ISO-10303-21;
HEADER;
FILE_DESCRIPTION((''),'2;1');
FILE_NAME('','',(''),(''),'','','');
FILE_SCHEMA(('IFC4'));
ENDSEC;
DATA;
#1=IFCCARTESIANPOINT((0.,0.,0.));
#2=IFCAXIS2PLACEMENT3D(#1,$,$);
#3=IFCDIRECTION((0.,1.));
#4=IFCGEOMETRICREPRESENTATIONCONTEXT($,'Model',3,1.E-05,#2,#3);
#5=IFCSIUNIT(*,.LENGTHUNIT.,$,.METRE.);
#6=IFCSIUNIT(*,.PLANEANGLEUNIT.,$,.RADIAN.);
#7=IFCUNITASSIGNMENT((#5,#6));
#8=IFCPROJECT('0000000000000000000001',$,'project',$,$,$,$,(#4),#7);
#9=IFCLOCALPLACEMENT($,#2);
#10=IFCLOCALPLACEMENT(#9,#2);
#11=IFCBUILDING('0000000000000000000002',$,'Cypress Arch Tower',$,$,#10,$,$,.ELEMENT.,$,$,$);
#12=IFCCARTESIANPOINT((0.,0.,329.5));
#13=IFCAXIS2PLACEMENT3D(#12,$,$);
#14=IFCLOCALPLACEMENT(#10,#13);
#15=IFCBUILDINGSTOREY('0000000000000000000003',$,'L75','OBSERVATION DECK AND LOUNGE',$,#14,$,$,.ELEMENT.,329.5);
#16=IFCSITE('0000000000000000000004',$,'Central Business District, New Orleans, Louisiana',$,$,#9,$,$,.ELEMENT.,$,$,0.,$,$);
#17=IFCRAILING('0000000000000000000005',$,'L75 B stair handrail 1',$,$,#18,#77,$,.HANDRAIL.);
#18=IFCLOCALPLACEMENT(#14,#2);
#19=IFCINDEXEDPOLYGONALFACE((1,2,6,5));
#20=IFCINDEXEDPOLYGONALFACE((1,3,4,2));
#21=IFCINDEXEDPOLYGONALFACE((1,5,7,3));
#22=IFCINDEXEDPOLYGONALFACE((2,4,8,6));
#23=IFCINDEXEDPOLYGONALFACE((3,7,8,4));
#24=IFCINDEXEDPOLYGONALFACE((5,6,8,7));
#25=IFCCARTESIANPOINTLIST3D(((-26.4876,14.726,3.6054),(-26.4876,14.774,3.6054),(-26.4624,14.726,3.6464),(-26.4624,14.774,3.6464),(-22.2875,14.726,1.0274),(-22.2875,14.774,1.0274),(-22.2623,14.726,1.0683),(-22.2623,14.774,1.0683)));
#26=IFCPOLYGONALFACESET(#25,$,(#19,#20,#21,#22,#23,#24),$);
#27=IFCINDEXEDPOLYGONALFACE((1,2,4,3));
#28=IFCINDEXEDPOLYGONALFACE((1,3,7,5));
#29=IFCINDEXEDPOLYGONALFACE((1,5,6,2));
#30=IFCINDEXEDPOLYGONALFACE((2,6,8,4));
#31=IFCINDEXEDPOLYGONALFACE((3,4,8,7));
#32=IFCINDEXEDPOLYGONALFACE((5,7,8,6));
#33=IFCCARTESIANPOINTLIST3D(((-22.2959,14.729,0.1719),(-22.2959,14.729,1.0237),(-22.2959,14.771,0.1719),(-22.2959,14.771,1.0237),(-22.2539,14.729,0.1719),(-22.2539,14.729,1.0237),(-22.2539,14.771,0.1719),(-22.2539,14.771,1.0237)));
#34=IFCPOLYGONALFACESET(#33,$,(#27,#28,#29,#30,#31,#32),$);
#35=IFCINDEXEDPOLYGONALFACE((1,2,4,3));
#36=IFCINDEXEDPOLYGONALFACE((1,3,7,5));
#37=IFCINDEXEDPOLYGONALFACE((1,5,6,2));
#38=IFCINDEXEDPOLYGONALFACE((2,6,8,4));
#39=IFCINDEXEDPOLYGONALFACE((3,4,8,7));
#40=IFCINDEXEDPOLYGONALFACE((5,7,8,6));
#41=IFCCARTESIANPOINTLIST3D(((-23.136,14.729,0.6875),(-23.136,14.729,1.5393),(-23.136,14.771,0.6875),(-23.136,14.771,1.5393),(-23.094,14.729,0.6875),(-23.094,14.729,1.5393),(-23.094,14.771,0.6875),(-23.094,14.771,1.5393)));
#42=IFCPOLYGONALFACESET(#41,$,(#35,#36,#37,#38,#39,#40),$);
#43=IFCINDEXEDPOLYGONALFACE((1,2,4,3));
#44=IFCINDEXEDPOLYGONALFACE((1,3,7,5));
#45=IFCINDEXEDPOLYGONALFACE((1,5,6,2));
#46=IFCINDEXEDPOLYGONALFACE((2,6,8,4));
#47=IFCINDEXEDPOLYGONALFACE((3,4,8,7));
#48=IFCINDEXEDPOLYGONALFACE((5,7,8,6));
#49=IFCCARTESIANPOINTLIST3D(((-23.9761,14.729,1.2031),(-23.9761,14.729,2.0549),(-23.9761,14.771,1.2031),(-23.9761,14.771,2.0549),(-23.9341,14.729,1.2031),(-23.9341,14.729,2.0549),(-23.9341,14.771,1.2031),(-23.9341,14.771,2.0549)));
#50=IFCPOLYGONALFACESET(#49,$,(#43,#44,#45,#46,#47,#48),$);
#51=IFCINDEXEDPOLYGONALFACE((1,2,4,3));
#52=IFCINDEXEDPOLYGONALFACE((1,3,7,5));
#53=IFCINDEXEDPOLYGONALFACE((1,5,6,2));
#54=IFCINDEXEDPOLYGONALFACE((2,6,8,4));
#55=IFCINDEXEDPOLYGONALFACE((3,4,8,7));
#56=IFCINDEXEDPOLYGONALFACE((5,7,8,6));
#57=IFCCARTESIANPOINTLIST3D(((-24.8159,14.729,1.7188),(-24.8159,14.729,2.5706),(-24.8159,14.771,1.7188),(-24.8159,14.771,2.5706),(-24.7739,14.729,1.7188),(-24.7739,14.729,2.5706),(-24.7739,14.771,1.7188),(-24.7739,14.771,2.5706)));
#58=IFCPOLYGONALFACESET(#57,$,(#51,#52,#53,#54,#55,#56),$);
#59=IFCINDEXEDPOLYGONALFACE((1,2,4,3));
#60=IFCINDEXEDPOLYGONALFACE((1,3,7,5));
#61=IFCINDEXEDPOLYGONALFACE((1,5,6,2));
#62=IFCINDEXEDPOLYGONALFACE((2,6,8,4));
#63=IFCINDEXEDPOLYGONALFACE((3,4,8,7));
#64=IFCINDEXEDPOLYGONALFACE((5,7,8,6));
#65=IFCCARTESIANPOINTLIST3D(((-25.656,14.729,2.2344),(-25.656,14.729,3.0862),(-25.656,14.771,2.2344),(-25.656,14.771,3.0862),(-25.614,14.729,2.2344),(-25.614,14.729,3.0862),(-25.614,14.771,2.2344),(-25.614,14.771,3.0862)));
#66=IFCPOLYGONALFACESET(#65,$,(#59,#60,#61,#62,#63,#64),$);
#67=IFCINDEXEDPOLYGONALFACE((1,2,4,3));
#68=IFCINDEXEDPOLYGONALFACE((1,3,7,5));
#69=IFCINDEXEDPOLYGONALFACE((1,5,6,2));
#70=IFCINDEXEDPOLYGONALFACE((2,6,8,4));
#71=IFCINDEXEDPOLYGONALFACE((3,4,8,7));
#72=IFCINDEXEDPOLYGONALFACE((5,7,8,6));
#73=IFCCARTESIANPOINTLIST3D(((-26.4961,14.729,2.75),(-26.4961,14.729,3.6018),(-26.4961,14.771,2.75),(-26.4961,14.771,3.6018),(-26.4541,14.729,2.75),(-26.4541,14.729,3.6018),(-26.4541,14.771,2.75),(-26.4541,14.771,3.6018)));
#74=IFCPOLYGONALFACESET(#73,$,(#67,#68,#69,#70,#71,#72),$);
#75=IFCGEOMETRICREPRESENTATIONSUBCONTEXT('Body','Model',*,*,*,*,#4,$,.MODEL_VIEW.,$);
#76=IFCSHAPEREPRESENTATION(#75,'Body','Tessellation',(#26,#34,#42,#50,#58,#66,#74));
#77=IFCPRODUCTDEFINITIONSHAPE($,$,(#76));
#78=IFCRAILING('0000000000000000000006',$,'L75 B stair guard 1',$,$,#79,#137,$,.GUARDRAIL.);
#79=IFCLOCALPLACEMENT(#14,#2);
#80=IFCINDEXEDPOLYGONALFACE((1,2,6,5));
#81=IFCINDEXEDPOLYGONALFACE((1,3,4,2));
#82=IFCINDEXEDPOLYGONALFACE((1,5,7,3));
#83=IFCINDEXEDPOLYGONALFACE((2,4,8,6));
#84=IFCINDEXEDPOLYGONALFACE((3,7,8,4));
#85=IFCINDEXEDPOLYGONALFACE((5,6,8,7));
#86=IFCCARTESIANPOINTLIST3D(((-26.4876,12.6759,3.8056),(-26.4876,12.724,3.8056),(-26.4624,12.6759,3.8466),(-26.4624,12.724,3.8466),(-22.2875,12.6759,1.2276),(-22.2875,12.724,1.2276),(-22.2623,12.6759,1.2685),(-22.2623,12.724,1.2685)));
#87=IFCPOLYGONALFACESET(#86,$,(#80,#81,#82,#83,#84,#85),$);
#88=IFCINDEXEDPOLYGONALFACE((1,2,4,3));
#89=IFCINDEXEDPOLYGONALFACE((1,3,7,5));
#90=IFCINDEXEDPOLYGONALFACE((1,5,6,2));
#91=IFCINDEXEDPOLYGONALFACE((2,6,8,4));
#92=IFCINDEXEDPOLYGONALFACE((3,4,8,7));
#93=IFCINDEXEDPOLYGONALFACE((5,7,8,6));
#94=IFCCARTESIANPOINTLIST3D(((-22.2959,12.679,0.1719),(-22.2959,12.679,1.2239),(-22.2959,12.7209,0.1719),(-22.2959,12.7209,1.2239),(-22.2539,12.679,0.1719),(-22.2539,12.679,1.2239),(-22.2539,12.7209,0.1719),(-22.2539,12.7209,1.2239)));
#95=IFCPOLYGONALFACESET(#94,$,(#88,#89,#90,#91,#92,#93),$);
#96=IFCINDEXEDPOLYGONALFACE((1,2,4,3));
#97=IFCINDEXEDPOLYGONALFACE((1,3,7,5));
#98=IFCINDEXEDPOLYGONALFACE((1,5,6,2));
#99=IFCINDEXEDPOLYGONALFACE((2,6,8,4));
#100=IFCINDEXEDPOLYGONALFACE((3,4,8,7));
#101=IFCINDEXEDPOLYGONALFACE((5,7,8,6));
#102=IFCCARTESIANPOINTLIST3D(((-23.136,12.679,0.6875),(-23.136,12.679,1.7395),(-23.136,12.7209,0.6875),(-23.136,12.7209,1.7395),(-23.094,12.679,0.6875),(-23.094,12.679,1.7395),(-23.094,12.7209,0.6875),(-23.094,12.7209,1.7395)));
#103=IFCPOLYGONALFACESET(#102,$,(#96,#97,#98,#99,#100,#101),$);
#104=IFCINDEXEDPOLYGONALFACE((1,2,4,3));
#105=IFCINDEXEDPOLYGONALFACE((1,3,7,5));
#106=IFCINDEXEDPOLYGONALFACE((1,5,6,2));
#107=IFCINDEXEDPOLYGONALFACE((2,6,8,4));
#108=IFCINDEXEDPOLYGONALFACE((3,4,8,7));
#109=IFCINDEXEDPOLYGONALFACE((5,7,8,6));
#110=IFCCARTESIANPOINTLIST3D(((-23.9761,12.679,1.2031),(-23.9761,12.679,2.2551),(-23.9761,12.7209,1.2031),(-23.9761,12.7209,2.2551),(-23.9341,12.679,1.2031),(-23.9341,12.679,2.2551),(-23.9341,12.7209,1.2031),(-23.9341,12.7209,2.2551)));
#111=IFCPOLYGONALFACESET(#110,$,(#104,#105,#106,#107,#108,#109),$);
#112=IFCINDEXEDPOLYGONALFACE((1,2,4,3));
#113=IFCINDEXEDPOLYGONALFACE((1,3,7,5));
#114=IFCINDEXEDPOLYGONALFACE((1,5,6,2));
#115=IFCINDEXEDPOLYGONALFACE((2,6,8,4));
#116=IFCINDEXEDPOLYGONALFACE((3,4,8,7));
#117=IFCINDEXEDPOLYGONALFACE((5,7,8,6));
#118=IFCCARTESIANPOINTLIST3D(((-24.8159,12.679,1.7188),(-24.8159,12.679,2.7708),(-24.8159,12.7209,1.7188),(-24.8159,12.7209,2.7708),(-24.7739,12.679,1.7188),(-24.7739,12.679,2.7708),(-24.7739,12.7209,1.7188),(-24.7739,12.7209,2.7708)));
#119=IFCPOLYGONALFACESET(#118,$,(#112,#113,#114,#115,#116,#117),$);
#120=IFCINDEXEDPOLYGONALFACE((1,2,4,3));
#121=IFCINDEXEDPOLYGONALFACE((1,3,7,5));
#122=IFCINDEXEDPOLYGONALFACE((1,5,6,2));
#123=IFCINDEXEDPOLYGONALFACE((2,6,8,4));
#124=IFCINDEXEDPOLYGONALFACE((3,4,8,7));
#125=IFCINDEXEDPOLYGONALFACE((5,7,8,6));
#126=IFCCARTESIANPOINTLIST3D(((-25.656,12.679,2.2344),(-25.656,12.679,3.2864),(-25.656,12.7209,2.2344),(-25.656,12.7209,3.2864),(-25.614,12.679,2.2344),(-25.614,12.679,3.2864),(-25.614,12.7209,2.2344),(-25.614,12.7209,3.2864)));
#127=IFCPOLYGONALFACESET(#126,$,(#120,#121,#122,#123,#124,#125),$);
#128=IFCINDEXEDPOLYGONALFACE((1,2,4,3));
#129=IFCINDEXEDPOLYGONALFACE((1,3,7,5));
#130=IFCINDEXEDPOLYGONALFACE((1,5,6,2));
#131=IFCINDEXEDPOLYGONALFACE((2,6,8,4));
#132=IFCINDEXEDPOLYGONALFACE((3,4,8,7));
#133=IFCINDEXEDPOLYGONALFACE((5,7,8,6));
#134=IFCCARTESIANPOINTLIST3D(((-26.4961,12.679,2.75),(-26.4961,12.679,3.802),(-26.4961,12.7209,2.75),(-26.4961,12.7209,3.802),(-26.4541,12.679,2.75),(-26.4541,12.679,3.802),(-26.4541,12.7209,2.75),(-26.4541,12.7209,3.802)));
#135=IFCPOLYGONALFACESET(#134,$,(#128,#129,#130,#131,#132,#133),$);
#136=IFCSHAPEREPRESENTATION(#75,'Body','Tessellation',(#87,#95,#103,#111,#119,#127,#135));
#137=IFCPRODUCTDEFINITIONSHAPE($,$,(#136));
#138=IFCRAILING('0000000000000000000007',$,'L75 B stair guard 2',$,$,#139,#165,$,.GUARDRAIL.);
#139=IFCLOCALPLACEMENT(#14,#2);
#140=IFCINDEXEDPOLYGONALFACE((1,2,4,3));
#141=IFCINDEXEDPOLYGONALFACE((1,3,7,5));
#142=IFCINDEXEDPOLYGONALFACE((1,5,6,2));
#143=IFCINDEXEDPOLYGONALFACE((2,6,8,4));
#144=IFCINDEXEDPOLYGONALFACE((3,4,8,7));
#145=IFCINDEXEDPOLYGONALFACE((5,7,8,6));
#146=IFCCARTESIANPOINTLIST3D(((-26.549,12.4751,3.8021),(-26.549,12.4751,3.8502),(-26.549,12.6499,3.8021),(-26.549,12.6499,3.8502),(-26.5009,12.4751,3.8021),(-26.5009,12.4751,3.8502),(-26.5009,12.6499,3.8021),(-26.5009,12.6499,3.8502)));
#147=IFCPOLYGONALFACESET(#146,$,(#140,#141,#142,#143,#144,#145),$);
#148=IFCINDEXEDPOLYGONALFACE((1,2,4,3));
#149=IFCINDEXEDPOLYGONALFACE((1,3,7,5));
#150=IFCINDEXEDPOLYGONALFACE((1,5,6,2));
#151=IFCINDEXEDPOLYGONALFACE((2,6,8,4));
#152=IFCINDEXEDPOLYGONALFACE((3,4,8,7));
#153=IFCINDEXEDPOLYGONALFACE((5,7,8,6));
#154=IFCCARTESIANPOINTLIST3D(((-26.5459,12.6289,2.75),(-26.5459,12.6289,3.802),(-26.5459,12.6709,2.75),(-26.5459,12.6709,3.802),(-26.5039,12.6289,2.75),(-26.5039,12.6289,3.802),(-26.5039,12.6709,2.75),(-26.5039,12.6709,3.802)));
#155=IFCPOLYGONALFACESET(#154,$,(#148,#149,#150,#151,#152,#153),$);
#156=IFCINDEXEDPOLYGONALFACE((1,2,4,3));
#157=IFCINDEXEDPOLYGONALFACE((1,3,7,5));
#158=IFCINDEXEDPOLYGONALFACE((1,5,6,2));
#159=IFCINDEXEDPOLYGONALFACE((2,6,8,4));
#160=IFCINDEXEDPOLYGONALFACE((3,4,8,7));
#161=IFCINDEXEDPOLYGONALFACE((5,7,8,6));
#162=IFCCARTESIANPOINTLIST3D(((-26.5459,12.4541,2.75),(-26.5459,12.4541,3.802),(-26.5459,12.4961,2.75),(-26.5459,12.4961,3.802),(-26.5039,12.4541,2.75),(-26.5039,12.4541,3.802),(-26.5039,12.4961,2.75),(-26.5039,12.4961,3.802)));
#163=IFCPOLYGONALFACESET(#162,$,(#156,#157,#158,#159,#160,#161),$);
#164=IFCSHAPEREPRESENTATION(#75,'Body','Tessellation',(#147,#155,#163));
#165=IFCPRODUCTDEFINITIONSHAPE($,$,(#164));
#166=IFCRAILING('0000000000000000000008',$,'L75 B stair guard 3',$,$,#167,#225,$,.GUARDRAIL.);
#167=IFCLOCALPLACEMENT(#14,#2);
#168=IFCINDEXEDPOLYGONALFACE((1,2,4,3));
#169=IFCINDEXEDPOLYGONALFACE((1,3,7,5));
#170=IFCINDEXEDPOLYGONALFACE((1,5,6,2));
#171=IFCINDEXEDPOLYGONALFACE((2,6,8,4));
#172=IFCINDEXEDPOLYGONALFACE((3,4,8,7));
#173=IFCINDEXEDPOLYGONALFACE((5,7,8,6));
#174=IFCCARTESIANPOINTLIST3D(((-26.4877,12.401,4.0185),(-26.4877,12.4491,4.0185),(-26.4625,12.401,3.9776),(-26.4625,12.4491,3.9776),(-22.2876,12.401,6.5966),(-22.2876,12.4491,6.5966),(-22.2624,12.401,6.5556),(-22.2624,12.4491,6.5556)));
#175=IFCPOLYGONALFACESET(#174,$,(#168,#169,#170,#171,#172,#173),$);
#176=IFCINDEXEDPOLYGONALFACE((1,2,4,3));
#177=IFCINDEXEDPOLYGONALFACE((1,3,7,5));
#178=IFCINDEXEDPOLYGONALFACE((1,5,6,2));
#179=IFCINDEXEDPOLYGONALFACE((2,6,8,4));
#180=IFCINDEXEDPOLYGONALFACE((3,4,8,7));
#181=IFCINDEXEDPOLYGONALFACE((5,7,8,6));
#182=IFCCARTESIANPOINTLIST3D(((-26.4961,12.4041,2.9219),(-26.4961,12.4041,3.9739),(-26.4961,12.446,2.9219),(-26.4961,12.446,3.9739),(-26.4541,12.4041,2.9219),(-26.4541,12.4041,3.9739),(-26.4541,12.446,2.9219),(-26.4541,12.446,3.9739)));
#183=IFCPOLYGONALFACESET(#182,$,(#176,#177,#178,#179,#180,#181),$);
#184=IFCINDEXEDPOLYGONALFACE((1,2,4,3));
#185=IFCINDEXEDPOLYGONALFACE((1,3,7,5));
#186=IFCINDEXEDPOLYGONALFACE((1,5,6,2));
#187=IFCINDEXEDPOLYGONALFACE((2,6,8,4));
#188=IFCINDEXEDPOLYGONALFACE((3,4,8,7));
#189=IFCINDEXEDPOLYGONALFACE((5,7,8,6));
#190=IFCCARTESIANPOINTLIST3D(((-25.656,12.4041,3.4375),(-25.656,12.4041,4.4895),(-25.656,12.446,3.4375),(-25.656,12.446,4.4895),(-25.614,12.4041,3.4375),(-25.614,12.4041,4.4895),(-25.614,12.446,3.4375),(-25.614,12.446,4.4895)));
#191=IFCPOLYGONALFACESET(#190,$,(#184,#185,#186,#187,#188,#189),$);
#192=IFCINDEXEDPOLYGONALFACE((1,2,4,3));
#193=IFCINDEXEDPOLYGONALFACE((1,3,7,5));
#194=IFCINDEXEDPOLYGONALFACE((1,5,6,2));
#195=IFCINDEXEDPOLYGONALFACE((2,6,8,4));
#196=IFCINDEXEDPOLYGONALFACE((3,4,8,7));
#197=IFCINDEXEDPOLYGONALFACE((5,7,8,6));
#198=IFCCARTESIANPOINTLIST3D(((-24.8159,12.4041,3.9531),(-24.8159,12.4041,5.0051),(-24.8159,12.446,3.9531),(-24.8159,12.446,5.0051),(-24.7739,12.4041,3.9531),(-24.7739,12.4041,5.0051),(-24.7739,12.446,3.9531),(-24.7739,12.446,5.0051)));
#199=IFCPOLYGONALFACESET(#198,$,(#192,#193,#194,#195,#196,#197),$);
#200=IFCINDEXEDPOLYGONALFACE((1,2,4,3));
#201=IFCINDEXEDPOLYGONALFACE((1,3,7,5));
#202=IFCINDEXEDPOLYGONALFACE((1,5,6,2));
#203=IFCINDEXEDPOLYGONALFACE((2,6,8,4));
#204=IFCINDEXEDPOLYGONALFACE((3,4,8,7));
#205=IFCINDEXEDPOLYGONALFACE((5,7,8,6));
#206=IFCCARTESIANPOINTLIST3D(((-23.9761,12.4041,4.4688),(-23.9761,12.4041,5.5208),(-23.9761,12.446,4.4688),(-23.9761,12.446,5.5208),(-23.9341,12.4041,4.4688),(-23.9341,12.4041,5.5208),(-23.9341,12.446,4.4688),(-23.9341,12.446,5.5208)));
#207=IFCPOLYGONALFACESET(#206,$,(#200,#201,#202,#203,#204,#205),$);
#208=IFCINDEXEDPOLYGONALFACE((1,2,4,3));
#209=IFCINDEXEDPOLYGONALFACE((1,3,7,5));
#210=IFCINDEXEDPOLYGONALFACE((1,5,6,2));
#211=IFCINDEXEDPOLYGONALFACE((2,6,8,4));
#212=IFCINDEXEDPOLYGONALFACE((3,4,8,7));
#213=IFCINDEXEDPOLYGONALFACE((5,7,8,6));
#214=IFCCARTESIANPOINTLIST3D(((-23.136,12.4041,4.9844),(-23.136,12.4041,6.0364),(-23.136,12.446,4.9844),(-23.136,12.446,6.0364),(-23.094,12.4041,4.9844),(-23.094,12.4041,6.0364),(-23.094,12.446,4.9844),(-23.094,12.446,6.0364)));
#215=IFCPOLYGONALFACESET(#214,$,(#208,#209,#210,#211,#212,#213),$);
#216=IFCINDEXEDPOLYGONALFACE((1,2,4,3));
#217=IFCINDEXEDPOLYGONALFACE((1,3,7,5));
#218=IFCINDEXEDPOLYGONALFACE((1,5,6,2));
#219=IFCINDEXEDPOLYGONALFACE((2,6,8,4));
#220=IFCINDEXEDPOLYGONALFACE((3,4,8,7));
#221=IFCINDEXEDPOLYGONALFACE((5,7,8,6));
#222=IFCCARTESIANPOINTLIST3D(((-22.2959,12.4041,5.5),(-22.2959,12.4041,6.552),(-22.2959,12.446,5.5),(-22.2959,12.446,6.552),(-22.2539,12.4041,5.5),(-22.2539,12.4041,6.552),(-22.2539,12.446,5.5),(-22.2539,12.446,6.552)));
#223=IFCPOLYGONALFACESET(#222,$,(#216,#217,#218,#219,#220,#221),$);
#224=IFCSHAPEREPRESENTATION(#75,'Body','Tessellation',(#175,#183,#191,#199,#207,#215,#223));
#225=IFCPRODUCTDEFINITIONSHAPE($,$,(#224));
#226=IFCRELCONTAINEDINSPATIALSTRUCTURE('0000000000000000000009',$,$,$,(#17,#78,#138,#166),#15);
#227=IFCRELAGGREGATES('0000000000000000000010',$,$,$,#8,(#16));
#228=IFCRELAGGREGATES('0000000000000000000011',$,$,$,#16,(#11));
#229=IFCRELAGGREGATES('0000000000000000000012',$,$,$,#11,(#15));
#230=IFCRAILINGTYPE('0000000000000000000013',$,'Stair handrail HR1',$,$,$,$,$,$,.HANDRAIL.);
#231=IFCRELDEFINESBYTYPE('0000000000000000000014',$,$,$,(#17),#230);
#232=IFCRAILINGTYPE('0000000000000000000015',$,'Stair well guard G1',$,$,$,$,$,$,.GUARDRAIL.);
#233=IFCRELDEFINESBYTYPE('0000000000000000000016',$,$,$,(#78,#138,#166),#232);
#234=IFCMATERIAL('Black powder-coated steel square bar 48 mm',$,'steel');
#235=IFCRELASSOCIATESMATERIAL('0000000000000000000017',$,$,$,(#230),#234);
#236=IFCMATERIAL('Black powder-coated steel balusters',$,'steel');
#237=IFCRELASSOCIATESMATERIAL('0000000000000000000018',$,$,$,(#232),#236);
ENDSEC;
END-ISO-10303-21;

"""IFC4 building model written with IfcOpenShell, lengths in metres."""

from ifc_helpers import new_model, si_unit, direction, frame, origin, origin_2d, place, context, subcontext, project, spatial, rectangle, extrude, material, type_object, element, save


model = new_model("IFC4")

# Units and contexts
model_context = context("Model", 3, precision=1e-05, world=origin(), true_north=direction((0.0, 1.0)))
body_context = subcontext(model_context, "Body", "Model", "MODEL_VIEW")
ifc_project = project(units=[si_unit("LENGTHUNIT", "METRE"), si_unit("PLANEANGLEUNIT", "RADIAN")], contexts=[model_context])

# Site, building, storey
site_placement = place(None, origin())
site = spatial("IfcSite", under=ifc_project, at=site_placement, Name="Central Business District, New Orleans, Louisiana", CompositionType="ELEMENT", RefElevation=0.0)
building_placement = place(site_placement, origin())
building = spatial("IfcBuilding", under=site, at=building_placement, Name="Cypress Arch Tower", CompositionType="ELEMENT")
storey_placement = place(building_placement, frame((0.0, 0.0, 329.5)))
storey = spatial("IfcBuildingStorey", under=building, at=storey_placement, Name="L75", Description="OBSERVATION DECK AND LOUNGE", CompositionType="ELEMENT", Elevation=329.5)

# Railings
ifc_material_1 = material(Name="Black powder-coated steel square bar 48 mm", Category="steel")
railing_type_1 = type_object("IfcRailingType", Name="Stair handrail HR1", PredefinedType="HANDRAIL", material=ifc_material_1)
railing_1_placement = place(storey_placement, frame((-22.2749, 14.75, 0.1719)))
element("IfcRailing", 1, at=railing_1_placement, inside=storey, type_object=railing_type_1, Name="L75 B stair handrail 1", PredefinedType="HANDRAIL", context=body_context, shape_type="SweptSolid", body=[
    extrude(rectangle(XDim=0.0481, YDim=0.0481, at=origin_2d()), frame((0.0, 0.0, 0.876), z_axis=(-0.852256, 0.0, 0.523124), x_axis=(0.0, -1.0, 0.0)), (0.0, 0.0, 1.0), 4.9282),
    extrude(rectangle(XDim=0.042, YDim=0.042, at=origin_2d()), origin(), (0.0, 0.0, 1.0), 0.8518),
    extrude(rectangle(XDim=0.042, YDim=0.042, at=origin_2d()), frame((-0.8401, 0.0, 0.5156)), (0.0, 0.0, 1.0), 0.8518),
    extrude(rectangle(XDim=0.042, YDim=0.042, at=origin_2d()), frame((-1.6802, 0.0, 1.0312)), (0.0, 0.0, 1.0), 0.8518),
    extrude(rectangle(XDim=0.042, YDim=0.042, at=origin_2d()), frame((-2.52, 0.0, 1.5469)), (0.0, 0.0, 1.0), 0.8518),
    extrude(rectangle(XDim=0.042, YDim=0.042, at=origin_2d()), frame((-3.3601, 0.0, 2.0625)), (0.0, 0.0, 1.0), 0.8518),
    extrude(rectangle(XDim=0.042, YDim=0.042, at=origin_2d()), frame((-4.2002, 0.0, 2.5781)), (0.0, 0.0, 1.0), 0.8518),
])
ifc_material_2 = material(Name="Black powder-coated steel balusters", Category="steel")
railing_type_2 = type_object("IfcRailingType", Name="Stair well guard G1", PredefinedType="GUARDRAIL", material=ifc_material_2)
railing_2_placement = place(storey_placement, frame((-22.2749, 12.7, 0.1719)))
element("IfcRailing", 2, at=railing_2_placement, inside=storey, type_object=railing_type_2, Name="L75 B stair guard 1", PredefinedType="GUARDRAIL", context=body_context, shape_type="SweptSolid", body=[
    extrude(rectangle(XDim=0.0481, YDim=0.0481, at=origin_2d()), frame((0.0, 0.0, 1.0762), z_axis=(-0.852256, 0.0, 0.523124), x_axis=(0.0, -1.0, 0.0)), (0.0, 0.0, 1.0), 4.9282),
    extrude(rectangle(XDim=0.042, YDim=0.042, at=origin_2d()), origin(), (0.0, 0.0, 1.0), 1.052),
    extrude(rectangle(XDim=0.042, YDim=0.042, at=origin_2d()), frame((-0.8401, 0.0, 0.5156)), (0.0, 0.0, 1.0), 1.052),
    extrude(rectangle(XDim=0.042, YDim=0.042, at=origin_2d()), frame((-1.6802, 0.0, 1.0312)), (0.0, 0.0, 1.0), 1.052),
    extrude(rectangle(XDim=0.042, YDim=0.042, at=origin_2d()), frame((-2.52, 0.0, 1.5469)), (0.0, 0.0, 1.0), 1.052),
    extrude(rectangle(XDim=0.042, YDim=0.042, at=origin_2d()), frame((-3.3601, 0.0, 2.0625)), (0.0, 0.0, 1.0), 1.052),
    extrude(rectangle(XDim=0.042, YDim=0.042, at=origin_2d()), frame((-4.2002, 0.0, 2.5781)), (0.0, 0.0, 1.0), 1.052),
])
railing_3_placement = place(storey_placement, frame((-26.5249, 12.6499, 2.75)))
element("IfcRailing", 3, at=railing_3_placement, inside=storey, type_object=railing_type_2, Name="L75 B stair guard 2", PredefinedType="GUARDRAIL", context=body_context, shape_type="SweptSolid", body=[
    extrude(rectangle(XDim=0.0481, YDim=0.0481, at=origin_2d()), frame((0.0, 0.0, 1.0762), z_axis=(0.0, -1.0, 0.0), x_axis=(1.0, 0.0, 0.0)), (0.0, 0.0, 1.0), 0.1748),
    extrude(rectangle(XDim=0.042, YDim=0.042, at=origin_2d()), origin(), (0.0, 0.0, 1.0), 1.052),
    extrude(rectangle(XDim=0.042, YDim=0.042, at=origin_2d()), frame((0.0, -0.1748, 0.0)), (0.0, 0.0, 1.0), 1.052),
])
railing_4_placement = place(storey_placement, frame((-26.4751, 12.425, 2.9219)))
element("IfcRailing", 4, at=railing_4_placement, inside=storey, type_object=railing_type_2, Name="L75 B stair guard 3", PredefinedType="GUARDRAIL", context=body_context, shape_type="SweptSolid", body=[
    extrude(rectangle(XDim=0.0481, YDim=0.0481, at=origin_2d()), frame((0.0, 0.0, 1.0762), z_axis=(0.852256, 0.0, 0.523124), x_axis=(0.0, 1.0, 0.0)), (0.0, 0.0, 1.0), 4.9282),
    extrude(rectangle(XDim=0.042, YDim=0.042, at=origin_2d()), origin(), (0.0, 0.0, 1.0), 1.052),
    extrude(rectangle(XDim=0.042, YDim=0.042, at=origin_2d()), frame((0.8401, 0.0, 0.5156)), (0.0, 0.0, 1.0), 1.052),
    extrude(rectangle(XDim=0.042, YDim=0.042, at=origin_2d()), frame((1.6802, 0.0, 1.0312)), (0.0, 0.0, 1.0), 1.052),
    extrude(rectangle(XDim=0.042, YDim=0.042, at=origin_2d()), frame((2.52, 0.0, 1.5469)), (0.0, 0.0, 1.0), 1.052),
    extrude(rectangle(XDim=0.042, YDim=0.042, at=origin_2d()), frame((3.3601, 0.0, 2.0625)), (0.0, 0.0, 1.0), 1.052),
    extrude(rectangle(XDim=0.042, YDim=0.042, at=origin_2d()), frame((4.2002, 0.0, 2.5781)), (0.0, 0.0, 1.0), 1.052),
])

save(model, "model.ifc")
